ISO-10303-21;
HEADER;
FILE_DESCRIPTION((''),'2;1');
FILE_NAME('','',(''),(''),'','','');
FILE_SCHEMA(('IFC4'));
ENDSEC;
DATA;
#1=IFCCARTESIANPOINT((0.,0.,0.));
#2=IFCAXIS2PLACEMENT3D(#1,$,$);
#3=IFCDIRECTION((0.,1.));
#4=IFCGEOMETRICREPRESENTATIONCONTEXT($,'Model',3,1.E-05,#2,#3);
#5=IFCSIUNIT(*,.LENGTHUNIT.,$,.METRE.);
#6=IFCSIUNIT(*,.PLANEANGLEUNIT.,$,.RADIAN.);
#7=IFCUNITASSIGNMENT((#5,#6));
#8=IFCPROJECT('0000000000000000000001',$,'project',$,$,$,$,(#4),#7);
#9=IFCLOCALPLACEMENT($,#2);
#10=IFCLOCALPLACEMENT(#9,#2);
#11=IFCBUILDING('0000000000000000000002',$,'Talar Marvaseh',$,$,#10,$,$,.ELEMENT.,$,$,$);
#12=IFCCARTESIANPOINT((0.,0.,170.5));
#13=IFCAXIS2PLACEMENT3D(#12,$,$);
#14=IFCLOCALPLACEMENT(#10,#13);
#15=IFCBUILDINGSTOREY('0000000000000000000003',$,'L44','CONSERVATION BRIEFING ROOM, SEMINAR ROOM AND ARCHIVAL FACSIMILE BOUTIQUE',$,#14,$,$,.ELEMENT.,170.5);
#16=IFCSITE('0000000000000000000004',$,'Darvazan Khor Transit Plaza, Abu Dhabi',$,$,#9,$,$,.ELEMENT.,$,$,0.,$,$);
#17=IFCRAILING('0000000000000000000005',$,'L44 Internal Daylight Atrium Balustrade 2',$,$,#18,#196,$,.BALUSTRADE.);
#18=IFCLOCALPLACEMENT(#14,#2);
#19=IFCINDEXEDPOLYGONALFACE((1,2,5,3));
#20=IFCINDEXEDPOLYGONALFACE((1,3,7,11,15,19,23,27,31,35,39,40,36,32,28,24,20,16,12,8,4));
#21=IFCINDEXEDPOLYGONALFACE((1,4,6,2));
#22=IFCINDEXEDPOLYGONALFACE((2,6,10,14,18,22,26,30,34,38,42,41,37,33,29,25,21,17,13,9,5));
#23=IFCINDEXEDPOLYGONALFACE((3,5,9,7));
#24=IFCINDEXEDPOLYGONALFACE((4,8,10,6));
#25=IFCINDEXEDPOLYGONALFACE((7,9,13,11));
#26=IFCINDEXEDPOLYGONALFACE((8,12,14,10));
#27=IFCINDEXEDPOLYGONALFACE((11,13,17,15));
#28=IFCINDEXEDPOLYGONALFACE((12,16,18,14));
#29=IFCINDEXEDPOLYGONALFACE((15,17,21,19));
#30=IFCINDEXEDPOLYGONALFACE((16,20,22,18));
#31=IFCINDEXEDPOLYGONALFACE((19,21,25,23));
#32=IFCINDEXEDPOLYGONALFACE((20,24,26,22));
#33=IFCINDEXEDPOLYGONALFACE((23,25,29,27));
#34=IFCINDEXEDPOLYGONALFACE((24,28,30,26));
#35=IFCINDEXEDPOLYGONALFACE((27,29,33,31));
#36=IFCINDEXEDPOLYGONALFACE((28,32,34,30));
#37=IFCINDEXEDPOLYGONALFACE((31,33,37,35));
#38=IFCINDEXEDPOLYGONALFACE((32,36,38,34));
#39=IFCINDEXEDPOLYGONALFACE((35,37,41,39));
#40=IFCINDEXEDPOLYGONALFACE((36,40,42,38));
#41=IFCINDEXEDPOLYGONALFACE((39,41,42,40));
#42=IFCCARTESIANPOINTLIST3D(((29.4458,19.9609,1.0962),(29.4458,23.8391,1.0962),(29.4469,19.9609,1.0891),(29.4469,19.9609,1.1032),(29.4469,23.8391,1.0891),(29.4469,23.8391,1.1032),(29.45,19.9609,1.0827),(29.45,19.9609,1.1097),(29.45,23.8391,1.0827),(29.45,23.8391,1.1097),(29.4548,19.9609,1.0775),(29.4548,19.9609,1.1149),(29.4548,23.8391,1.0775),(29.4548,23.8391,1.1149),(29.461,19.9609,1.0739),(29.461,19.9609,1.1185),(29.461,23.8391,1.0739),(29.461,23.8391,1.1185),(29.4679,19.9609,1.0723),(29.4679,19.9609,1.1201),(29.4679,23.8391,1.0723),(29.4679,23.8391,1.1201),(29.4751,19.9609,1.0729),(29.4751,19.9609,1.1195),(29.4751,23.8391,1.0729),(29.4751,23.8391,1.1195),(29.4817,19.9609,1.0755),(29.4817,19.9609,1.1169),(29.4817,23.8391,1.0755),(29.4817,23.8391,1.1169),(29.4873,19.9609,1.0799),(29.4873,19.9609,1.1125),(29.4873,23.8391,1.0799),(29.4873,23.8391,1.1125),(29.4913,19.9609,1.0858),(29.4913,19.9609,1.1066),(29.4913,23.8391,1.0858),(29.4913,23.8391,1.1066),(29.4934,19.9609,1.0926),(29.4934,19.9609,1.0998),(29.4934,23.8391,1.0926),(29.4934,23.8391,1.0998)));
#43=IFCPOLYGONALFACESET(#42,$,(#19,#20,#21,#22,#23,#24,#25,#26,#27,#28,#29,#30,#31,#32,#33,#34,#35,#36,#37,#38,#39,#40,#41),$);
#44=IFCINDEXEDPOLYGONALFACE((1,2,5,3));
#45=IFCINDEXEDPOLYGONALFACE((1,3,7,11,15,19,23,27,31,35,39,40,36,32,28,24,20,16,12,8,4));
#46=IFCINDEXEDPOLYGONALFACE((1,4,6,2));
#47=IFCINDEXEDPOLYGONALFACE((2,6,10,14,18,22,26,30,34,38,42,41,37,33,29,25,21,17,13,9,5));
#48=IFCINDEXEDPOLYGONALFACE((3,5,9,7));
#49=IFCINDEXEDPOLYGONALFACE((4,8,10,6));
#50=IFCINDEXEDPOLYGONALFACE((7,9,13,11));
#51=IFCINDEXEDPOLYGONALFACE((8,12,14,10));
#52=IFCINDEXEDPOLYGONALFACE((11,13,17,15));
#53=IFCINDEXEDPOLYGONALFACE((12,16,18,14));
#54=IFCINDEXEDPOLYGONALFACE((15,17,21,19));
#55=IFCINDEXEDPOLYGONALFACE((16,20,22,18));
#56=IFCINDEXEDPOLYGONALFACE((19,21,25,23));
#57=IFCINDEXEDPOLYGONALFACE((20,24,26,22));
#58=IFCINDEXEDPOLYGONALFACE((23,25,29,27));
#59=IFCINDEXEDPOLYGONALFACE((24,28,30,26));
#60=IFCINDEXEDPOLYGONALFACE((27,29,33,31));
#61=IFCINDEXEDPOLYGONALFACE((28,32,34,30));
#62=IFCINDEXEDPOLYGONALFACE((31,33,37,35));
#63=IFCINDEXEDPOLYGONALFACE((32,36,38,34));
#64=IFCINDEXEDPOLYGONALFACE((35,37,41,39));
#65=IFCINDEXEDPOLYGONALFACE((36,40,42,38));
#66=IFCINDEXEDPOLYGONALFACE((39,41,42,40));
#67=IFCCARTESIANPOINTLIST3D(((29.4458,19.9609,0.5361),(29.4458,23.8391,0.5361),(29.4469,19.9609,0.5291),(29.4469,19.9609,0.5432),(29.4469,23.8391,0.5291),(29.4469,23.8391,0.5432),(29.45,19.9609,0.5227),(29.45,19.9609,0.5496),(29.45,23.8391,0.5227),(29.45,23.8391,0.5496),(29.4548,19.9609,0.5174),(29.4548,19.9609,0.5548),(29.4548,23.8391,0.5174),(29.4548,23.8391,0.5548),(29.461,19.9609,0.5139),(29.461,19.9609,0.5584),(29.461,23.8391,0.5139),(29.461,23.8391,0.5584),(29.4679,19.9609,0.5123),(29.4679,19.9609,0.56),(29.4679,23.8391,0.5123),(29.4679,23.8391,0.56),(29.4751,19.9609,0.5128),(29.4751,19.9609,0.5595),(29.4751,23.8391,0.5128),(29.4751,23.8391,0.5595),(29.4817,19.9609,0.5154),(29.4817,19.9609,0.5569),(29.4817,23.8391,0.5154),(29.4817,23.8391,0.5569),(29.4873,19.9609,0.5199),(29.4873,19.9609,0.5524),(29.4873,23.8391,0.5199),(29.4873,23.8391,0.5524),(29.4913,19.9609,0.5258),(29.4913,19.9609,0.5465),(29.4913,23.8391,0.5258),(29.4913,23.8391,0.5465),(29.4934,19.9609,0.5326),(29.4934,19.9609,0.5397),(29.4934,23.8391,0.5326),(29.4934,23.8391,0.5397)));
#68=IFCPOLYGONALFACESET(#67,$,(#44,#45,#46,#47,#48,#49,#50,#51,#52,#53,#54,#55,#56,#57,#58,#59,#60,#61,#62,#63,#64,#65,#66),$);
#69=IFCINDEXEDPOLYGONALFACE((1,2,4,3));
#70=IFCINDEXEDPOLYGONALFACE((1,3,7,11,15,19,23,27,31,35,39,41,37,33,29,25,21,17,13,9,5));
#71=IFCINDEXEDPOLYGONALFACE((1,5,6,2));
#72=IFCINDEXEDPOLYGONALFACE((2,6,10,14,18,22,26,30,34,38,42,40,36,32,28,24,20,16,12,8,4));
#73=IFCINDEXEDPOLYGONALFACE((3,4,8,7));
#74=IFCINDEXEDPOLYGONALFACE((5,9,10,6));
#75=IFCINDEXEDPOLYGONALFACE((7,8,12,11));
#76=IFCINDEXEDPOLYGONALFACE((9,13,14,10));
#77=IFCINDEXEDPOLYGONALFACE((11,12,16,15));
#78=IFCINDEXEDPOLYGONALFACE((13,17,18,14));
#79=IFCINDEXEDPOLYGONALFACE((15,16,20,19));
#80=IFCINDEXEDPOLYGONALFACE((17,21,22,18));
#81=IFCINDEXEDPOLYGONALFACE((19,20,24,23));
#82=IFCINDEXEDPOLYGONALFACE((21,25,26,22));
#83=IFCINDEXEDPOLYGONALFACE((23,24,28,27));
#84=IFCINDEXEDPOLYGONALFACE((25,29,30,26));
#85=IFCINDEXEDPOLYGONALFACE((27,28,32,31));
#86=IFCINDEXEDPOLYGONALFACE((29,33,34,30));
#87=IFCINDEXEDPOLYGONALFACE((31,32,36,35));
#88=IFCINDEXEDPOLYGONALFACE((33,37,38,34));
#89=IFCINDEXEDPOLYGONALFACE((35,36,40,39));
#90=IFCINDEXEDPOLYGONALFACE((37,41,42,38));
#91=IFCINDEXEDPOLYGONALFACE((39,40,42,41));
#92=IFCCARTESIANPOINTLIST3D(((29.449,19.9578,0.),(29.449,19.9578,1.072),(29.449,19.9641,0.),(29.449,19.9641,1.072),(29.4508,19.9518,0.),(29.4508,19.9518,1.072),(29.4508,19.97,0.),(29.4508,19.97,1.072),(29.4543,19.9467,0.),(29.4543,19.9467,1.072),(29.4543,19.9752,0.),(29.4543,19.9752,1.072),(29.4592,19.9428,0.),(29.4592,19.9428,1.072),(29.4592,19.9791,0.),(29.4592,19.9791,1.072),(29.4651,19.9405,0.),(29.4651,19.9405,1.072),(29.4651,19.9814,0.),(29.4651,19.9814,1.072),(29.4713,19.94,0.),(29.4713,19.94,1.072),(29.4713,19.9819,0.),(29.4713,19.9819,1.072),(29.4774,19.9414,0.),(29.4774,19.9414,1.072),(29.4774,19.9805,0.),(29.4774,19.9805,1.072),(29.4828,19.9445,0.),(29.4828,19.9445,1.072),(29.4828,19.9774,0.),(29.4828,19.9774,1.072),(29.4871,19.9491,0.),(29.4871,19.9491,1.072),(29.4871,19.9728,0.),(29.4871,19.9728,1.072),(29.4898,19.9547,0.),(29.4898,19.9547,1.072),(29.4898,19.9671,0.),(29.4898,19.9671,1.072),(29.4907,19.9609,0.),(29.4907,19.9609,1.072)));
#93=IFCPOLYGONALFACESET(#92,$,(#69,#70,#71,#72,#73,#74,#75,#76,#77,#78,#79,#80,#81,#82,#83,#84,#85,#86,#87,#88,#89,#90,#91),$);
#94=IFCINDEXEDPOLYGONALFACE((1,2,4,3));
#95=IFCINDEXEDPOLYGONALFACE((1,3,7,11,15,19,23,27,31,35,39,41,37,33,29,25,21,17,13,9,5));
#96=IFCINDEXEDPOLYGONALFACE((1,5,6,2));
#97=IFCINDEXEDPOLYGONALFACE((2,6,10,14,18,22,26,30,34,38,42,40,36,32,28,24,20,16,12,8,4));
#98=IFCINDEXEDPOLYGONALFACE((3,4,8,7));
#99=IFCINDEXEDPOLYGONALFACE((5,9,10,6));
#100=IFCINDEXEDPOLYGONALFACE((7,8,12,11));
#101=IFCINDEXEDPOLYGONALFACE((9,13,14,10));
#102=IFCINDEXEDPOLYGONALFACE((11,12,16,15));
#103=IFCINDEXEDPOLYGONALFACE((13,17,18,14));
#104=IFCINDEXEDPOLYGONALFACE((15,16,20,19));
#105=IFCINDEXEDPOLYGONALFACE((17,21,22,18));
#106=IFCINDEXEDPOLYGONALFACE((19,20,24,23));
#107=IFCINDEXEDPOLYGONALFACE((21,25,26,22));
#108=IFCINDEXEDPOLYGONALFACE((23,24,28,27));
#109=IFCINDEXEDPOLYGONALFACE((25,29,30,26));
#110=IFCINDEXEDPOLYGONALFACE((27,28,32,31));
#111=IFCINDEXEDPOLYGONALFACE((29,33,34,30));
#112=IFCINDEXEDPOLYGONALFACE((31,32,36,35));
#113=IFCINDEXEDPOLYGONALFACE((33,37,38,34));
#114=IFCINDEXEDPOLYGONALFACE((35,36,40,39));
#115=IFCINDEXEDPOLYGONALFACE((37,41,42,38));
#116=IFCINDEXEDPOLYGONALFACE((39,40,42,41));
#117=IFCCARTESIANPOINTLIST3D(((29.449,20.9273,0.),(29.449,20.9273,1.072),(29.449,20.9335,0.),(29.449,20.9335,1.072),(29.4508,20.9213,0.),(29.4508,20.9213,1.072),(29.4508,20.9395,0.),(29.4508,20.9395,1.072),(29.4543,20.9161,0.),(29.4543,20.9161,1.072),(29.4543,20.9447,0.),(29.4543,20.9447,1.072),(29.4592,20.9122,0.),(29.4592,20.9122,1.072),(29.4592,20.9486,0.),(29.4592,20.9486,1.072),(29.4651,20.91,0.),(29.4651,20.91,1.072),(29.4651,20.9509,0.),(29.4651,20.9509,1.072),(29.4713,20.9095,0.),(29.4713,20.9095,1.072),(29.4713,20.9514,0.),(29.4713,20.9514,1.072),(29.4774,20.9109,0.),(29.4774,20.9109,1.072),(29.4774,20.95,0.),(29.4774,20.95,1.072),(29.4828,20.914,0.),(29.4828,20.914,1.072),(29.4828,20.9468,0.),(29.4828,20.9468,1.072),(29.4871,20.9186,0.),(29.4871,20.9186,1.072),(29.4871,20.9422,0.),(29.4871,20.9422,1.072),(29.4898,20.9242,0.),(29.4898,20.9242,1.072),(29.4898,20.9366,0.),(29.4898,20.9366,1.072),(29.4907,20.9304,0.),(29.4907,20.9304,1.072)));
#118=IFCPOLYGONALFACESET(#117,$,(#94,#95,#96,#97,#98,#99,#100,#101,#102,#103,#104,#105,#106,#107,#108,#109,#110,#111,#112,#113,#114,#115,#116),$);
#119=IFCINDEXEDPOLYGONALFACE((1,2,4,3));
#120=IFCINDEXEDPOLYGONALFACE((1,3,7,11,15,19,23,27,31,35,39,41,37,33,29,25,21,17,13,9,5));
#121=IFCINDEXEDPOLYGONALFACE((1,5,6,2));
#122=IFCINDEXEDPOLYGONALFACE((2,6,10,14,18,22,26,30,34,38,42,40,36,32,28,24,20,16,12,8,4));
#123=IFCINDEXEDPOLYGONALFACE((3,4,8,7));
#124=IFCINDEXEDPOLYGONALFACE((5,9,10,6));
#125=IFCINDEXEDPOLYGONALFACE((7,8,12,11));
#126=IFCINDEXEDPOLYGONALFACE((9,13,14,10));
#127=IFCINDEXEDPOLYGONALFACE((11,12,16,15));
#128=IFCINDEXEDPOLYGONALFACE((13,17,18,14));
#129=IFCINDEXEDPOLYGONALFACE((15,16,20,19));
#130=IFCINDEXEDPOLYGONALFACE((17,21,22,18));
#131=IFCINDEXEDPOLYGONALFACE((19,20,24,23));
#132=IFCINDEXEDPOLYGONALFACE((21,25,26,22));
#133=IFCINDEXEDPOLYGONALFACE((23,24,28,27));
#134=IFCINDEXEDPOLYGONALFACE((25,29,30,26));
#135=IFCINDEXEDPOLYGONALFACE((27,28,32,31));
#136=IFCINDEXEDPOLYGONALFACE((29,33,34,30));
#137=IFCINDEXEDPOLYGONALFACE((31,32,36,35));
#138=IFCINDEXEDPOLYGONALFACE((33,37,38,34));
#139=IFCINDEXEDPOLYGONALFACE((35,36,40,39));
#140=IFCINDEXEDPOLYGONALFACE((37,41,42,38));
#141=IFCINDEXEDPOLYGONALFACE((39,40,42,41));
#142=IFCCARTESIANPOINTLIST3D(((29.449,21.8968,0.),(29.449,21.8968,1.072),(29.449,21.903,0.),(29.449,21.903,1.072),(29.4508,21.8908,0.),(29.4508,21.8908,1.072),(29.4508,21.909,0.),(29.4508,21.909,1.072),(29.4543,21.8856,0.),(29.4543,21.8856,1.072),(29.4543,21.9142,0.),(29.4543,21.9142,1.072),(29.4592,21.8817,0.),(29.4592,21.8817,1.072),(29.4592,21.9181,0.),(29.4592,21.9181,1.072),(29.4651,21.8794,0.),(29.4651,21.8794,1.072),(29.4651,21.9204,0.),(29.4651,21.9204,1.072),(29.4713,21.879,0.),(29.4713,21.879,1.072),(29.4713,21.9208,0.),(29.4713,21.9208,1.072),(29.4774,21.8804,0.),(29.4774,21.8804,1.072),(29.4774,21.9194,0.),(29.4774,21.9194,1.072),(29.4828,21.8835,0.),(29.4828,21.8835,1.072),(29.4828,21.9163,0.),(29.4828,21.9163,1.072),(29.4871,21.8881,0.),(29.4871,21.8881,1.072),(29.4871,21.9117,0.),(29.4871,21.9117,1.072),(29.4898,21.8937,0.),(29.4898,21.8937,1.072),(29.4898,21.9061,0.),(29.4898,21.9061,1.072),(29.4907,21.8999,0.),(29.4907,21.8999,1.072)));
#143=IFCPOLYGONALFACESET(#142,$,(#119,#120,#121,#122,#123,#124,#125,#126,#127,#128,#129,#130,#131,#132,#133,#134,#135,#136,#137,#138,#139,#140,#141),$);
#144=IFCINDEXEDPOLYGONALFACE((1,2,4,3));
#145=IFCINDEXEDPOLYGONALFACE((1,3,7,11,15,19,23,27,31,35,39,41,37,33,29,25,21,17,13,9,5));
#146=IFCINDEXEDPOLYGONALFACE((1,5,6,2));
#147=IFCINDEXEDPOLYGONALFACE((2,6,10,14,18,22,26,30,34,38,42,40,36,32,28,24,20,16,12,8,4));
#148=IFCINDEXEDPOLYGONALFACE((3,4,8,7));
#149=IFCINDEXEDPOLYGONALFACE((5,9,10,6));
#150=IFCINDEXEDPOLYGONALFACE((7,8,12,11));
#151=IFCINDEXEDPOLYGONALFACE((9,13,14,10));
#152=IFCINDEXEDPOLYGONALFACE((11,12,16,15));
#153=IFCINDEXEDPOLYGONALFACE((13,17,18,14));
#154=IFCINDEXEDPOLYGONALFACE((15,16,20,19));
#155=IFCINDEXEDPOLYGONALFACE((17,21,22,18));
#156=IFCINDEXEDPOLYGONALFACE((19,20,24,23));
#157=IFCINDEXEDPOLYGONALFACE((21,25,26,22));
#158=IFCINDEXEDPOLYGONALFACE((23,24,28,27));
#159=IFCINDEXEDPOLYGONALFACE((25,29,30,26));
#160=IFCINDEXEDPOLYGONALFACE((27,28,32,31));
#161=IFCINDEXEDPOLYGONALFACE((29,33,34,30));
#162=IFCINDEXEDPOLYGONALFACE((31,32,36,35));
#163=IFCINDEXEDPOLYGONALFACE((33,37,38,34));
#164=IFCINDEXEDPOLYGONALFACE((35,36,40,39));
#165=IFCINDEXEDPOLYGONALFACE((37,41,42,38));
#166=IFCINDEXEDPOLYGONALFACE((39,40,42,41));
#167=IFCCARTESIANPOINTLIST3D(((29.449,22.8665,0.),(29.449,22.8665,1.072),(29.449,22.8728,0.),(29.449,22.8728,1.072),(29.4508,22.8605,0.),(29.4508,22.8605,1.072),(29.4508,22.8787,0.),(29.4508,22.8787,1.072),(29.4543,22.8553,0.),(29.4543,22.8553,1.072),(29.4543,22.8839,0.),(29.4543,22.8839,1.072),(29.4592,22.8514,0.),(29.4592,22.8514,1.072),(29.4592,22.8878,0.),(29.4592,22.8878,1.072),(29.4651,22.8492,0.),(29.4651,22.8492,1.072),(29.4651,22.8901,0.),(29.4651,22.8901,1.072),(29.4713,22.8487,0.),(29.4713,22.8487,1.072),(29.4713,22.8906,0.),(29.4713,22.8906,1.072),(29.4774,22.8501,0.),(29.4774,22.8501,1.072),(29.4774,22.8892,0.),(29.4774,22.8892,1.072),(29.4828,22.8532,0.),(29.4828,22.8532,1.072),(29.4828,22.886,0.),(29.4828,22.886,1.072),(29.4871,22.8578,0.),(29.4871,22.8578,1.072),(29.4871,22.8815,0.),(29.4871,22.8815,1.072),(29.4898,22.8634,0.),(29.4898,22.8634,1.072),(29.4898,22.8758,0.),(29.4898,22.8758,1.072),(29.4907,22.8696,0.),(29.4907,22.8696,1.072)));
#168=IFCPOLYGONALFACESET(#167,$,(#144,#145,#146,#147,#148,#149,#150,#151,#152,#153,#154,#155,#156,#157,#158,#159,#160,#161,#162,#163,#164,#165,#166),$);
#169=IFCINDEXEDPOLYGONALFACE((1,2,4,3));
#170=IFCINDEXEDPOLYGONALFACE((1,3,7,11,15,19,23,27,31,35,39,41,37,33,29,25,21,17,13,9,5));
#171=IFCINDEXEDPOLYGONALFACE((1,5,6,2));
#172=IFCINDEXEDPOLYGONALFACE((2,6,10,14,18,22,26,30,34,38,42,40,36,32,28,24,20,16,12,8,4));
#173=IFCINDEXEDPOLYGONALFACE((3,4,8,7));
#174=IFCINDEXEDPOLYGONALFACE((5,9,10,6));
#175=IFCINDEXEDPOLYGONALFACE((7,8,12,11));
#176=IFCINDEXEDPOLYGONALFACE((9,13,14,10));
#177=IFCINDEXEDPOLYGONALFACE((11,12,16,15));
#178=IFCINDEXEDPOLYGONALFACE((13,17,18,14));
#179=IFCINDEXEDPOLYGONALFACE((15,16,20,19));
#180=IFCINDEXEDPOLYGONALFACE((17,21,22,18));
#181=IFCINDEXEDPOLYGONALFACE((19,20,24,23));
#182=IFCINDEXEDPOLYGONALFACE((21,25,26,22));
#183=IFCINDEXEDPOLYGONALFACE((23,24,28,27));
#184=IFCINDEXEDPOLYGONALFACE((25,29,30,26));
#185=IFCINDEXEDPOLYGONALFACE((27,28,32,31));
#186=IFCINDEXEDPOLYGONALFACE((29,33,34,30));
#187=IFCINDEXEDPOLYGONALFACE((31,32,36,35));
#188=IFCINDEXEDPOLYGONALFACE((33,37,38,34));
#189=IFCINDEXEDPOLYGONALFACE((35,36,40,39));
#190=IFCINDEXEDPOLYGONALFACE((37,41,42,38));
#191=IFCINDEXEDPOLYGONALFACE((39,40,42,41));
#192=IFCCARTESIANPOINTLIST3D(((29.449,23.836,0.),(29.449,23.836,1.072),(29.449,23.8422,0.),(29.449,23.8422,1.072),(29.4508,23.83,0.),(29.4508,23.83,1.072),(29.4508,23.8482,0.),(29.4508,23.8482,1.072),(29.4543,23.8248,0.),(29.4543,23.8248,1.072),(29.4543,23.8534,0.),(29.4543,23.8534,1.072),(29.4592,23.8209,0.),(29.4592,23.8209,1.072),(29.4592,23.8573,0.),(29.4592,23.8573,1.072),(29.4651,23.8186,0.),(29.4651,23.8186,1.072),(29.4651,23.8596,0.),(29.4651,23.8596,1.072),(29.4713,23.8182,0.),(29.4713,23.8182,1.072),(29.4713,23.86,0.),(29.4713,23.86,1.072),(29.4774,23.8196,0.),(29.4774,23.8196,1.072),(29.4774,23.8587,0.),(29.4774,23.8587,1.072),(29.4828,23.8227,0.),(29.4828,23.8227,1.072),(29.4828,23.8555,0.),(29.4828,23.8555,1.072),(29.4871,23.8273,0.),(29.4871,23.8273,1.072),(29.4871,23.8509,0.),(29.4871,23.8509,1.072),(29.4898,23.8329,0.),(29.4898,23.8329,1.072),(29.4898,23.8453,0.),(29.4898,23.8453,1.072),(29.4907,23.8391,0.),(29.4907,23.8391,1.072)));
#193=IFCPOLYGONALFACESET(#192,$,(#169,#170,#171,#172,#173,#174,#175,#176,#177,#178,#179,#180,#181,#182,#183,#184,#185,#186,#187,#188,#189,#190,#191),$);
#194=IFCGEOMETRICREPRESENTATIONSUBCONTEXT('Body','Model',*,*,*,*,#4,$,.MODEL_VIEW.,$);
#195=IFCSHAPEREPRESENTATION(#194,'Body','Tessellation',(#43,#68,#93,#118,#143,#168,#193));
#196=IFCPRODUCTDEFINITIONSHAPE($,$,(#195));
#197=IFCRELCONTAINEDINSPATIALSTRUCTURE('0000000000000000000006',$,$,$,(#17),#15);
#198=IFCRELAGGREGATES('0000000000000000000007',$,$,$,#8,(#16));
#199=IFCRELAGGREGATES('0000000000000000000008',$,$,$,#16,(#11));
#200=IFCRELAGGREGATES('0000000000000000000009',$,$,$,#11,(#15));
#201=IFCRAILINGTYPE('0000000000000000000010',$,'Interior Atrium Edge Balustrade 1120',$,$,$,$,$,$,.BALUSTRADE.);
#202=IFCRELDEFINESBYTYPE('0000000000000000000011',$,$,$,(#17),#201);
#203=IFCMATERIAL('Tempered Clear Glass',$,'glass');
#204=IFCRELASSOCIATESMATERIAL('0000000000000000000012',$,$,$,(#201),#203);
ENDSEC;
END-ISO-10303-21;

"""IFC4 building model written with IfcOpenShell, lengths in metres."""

from ifc_helpers import new_model, si_unit, direction, frame, origin, origin_2d, place, context, subcontext, project, spatial, circle, extrude, material, type_object, element, save


model = new_model("IFC4")

# Units and contexts
model_context = context("Model", 3, precision=1e-05, world=origin(), true_north=direction((0.0, 1.0)))
body_context = subcontext(model_context, "Body", "Model", "MODEL_VIEW")
ifc_project = project(units=[si_unit("LENGTHUNIT", "METRE"), si_unit("PLANEANGLEUNIT", "RADIAN")], contexts=[model_context])

# Site, building, storey
site_placement = place(None, origin())
site = spatial("IfcSite", under=ifc_project, at=site_placement, Name="Darvazan Khor Transit Plaza, Abu Dhabi", CompositionType="ELEMENT", RefElevation=0.0)
building_placement = place(site_placement, origin())
building = spatial("IfcBuilding", under=site, at=building_placement, Name="Talar Marvaseh", CompositionType="ELEMENT")
storey_placement = place(building_placement, frame((0.0, 0.0, 170.5)))
storey = spatial("IfcBuildingStorey", under=building, at=storey_placement, Name="L44", Description="CONSERVATION BRIEFING ROOM, SEMINAR ROOM AND ARCHIVAL FACSIMILE BOUTIQUE", CompositionType="ELEMENT", Elevation=170.5)

# Railing
ifc_material_1 = material(Name="Tempered Clear Glass", Category="glass")
railing_type = type_object("IfcRailingType", Name="Interior Atrium Edge Balustrade 1120", PredefinedType="BALUSTRADE", material=ifc_material_1)
railing_1_placement = place(storey_placement, frame((29.4697, 19.9609, 0.0)))
element("IfcRailing", 1, at=railing_1_placement, inside=storey, type_object=railing_type, Name="L44 Internal Daylight Atrium Balustrade 2", PredefinedType="BALUSTRADE", context=body_context, shape_type="SweptSolid", body=[
    extrude(circle(Radius=0.0239, at=origin_2d()), frame((0.0, 0.0, 1.0962), z_axis=(0.0, 1.0, 0.0), x_axis=(-1.0, 0.0, 0.0)), (0.0, 0.0, 1.0), 3.8782),
    extrude(circle(Radius=0.0239, at=origin_2d()), frame((0.0, 0.0, 0.5361), z_axis=(0.0, 1.0, 0.0), x_axis=(-1.0, 0.0, 0.0)), (0.0, 0.0, 1.0), 3.8782),
    extrude(circle(Radius=0.021, at=origin_2d()), origin(), (0.0, 0.0, 1.0), 1.072),
    extrude(circle(Radius=0.021, at=origin_2d()), frame((0.0, 0.9695, 0.0)), (0.0, 0.0, 1.0), 1.072),
    extrude(circle(Radius=0.021, at=origin_2d()), frame((0.0, 1.939, 0.0)), (0.0, 0.0, 1.0), 1.072),
    extrude(circle(Radius=0.021, at=origin_2d()), frame((0.0, 2.9087, 0.0)), (0.0, 0.0, 1.0), 1.072),
    extrude(circle(Radius=0.021, at=origin_2d()), frame((0.0, 3.8782, 0.0)), (0.0, 0.0, 1.0), 1.072),
])

save(model, "model.ifc")
